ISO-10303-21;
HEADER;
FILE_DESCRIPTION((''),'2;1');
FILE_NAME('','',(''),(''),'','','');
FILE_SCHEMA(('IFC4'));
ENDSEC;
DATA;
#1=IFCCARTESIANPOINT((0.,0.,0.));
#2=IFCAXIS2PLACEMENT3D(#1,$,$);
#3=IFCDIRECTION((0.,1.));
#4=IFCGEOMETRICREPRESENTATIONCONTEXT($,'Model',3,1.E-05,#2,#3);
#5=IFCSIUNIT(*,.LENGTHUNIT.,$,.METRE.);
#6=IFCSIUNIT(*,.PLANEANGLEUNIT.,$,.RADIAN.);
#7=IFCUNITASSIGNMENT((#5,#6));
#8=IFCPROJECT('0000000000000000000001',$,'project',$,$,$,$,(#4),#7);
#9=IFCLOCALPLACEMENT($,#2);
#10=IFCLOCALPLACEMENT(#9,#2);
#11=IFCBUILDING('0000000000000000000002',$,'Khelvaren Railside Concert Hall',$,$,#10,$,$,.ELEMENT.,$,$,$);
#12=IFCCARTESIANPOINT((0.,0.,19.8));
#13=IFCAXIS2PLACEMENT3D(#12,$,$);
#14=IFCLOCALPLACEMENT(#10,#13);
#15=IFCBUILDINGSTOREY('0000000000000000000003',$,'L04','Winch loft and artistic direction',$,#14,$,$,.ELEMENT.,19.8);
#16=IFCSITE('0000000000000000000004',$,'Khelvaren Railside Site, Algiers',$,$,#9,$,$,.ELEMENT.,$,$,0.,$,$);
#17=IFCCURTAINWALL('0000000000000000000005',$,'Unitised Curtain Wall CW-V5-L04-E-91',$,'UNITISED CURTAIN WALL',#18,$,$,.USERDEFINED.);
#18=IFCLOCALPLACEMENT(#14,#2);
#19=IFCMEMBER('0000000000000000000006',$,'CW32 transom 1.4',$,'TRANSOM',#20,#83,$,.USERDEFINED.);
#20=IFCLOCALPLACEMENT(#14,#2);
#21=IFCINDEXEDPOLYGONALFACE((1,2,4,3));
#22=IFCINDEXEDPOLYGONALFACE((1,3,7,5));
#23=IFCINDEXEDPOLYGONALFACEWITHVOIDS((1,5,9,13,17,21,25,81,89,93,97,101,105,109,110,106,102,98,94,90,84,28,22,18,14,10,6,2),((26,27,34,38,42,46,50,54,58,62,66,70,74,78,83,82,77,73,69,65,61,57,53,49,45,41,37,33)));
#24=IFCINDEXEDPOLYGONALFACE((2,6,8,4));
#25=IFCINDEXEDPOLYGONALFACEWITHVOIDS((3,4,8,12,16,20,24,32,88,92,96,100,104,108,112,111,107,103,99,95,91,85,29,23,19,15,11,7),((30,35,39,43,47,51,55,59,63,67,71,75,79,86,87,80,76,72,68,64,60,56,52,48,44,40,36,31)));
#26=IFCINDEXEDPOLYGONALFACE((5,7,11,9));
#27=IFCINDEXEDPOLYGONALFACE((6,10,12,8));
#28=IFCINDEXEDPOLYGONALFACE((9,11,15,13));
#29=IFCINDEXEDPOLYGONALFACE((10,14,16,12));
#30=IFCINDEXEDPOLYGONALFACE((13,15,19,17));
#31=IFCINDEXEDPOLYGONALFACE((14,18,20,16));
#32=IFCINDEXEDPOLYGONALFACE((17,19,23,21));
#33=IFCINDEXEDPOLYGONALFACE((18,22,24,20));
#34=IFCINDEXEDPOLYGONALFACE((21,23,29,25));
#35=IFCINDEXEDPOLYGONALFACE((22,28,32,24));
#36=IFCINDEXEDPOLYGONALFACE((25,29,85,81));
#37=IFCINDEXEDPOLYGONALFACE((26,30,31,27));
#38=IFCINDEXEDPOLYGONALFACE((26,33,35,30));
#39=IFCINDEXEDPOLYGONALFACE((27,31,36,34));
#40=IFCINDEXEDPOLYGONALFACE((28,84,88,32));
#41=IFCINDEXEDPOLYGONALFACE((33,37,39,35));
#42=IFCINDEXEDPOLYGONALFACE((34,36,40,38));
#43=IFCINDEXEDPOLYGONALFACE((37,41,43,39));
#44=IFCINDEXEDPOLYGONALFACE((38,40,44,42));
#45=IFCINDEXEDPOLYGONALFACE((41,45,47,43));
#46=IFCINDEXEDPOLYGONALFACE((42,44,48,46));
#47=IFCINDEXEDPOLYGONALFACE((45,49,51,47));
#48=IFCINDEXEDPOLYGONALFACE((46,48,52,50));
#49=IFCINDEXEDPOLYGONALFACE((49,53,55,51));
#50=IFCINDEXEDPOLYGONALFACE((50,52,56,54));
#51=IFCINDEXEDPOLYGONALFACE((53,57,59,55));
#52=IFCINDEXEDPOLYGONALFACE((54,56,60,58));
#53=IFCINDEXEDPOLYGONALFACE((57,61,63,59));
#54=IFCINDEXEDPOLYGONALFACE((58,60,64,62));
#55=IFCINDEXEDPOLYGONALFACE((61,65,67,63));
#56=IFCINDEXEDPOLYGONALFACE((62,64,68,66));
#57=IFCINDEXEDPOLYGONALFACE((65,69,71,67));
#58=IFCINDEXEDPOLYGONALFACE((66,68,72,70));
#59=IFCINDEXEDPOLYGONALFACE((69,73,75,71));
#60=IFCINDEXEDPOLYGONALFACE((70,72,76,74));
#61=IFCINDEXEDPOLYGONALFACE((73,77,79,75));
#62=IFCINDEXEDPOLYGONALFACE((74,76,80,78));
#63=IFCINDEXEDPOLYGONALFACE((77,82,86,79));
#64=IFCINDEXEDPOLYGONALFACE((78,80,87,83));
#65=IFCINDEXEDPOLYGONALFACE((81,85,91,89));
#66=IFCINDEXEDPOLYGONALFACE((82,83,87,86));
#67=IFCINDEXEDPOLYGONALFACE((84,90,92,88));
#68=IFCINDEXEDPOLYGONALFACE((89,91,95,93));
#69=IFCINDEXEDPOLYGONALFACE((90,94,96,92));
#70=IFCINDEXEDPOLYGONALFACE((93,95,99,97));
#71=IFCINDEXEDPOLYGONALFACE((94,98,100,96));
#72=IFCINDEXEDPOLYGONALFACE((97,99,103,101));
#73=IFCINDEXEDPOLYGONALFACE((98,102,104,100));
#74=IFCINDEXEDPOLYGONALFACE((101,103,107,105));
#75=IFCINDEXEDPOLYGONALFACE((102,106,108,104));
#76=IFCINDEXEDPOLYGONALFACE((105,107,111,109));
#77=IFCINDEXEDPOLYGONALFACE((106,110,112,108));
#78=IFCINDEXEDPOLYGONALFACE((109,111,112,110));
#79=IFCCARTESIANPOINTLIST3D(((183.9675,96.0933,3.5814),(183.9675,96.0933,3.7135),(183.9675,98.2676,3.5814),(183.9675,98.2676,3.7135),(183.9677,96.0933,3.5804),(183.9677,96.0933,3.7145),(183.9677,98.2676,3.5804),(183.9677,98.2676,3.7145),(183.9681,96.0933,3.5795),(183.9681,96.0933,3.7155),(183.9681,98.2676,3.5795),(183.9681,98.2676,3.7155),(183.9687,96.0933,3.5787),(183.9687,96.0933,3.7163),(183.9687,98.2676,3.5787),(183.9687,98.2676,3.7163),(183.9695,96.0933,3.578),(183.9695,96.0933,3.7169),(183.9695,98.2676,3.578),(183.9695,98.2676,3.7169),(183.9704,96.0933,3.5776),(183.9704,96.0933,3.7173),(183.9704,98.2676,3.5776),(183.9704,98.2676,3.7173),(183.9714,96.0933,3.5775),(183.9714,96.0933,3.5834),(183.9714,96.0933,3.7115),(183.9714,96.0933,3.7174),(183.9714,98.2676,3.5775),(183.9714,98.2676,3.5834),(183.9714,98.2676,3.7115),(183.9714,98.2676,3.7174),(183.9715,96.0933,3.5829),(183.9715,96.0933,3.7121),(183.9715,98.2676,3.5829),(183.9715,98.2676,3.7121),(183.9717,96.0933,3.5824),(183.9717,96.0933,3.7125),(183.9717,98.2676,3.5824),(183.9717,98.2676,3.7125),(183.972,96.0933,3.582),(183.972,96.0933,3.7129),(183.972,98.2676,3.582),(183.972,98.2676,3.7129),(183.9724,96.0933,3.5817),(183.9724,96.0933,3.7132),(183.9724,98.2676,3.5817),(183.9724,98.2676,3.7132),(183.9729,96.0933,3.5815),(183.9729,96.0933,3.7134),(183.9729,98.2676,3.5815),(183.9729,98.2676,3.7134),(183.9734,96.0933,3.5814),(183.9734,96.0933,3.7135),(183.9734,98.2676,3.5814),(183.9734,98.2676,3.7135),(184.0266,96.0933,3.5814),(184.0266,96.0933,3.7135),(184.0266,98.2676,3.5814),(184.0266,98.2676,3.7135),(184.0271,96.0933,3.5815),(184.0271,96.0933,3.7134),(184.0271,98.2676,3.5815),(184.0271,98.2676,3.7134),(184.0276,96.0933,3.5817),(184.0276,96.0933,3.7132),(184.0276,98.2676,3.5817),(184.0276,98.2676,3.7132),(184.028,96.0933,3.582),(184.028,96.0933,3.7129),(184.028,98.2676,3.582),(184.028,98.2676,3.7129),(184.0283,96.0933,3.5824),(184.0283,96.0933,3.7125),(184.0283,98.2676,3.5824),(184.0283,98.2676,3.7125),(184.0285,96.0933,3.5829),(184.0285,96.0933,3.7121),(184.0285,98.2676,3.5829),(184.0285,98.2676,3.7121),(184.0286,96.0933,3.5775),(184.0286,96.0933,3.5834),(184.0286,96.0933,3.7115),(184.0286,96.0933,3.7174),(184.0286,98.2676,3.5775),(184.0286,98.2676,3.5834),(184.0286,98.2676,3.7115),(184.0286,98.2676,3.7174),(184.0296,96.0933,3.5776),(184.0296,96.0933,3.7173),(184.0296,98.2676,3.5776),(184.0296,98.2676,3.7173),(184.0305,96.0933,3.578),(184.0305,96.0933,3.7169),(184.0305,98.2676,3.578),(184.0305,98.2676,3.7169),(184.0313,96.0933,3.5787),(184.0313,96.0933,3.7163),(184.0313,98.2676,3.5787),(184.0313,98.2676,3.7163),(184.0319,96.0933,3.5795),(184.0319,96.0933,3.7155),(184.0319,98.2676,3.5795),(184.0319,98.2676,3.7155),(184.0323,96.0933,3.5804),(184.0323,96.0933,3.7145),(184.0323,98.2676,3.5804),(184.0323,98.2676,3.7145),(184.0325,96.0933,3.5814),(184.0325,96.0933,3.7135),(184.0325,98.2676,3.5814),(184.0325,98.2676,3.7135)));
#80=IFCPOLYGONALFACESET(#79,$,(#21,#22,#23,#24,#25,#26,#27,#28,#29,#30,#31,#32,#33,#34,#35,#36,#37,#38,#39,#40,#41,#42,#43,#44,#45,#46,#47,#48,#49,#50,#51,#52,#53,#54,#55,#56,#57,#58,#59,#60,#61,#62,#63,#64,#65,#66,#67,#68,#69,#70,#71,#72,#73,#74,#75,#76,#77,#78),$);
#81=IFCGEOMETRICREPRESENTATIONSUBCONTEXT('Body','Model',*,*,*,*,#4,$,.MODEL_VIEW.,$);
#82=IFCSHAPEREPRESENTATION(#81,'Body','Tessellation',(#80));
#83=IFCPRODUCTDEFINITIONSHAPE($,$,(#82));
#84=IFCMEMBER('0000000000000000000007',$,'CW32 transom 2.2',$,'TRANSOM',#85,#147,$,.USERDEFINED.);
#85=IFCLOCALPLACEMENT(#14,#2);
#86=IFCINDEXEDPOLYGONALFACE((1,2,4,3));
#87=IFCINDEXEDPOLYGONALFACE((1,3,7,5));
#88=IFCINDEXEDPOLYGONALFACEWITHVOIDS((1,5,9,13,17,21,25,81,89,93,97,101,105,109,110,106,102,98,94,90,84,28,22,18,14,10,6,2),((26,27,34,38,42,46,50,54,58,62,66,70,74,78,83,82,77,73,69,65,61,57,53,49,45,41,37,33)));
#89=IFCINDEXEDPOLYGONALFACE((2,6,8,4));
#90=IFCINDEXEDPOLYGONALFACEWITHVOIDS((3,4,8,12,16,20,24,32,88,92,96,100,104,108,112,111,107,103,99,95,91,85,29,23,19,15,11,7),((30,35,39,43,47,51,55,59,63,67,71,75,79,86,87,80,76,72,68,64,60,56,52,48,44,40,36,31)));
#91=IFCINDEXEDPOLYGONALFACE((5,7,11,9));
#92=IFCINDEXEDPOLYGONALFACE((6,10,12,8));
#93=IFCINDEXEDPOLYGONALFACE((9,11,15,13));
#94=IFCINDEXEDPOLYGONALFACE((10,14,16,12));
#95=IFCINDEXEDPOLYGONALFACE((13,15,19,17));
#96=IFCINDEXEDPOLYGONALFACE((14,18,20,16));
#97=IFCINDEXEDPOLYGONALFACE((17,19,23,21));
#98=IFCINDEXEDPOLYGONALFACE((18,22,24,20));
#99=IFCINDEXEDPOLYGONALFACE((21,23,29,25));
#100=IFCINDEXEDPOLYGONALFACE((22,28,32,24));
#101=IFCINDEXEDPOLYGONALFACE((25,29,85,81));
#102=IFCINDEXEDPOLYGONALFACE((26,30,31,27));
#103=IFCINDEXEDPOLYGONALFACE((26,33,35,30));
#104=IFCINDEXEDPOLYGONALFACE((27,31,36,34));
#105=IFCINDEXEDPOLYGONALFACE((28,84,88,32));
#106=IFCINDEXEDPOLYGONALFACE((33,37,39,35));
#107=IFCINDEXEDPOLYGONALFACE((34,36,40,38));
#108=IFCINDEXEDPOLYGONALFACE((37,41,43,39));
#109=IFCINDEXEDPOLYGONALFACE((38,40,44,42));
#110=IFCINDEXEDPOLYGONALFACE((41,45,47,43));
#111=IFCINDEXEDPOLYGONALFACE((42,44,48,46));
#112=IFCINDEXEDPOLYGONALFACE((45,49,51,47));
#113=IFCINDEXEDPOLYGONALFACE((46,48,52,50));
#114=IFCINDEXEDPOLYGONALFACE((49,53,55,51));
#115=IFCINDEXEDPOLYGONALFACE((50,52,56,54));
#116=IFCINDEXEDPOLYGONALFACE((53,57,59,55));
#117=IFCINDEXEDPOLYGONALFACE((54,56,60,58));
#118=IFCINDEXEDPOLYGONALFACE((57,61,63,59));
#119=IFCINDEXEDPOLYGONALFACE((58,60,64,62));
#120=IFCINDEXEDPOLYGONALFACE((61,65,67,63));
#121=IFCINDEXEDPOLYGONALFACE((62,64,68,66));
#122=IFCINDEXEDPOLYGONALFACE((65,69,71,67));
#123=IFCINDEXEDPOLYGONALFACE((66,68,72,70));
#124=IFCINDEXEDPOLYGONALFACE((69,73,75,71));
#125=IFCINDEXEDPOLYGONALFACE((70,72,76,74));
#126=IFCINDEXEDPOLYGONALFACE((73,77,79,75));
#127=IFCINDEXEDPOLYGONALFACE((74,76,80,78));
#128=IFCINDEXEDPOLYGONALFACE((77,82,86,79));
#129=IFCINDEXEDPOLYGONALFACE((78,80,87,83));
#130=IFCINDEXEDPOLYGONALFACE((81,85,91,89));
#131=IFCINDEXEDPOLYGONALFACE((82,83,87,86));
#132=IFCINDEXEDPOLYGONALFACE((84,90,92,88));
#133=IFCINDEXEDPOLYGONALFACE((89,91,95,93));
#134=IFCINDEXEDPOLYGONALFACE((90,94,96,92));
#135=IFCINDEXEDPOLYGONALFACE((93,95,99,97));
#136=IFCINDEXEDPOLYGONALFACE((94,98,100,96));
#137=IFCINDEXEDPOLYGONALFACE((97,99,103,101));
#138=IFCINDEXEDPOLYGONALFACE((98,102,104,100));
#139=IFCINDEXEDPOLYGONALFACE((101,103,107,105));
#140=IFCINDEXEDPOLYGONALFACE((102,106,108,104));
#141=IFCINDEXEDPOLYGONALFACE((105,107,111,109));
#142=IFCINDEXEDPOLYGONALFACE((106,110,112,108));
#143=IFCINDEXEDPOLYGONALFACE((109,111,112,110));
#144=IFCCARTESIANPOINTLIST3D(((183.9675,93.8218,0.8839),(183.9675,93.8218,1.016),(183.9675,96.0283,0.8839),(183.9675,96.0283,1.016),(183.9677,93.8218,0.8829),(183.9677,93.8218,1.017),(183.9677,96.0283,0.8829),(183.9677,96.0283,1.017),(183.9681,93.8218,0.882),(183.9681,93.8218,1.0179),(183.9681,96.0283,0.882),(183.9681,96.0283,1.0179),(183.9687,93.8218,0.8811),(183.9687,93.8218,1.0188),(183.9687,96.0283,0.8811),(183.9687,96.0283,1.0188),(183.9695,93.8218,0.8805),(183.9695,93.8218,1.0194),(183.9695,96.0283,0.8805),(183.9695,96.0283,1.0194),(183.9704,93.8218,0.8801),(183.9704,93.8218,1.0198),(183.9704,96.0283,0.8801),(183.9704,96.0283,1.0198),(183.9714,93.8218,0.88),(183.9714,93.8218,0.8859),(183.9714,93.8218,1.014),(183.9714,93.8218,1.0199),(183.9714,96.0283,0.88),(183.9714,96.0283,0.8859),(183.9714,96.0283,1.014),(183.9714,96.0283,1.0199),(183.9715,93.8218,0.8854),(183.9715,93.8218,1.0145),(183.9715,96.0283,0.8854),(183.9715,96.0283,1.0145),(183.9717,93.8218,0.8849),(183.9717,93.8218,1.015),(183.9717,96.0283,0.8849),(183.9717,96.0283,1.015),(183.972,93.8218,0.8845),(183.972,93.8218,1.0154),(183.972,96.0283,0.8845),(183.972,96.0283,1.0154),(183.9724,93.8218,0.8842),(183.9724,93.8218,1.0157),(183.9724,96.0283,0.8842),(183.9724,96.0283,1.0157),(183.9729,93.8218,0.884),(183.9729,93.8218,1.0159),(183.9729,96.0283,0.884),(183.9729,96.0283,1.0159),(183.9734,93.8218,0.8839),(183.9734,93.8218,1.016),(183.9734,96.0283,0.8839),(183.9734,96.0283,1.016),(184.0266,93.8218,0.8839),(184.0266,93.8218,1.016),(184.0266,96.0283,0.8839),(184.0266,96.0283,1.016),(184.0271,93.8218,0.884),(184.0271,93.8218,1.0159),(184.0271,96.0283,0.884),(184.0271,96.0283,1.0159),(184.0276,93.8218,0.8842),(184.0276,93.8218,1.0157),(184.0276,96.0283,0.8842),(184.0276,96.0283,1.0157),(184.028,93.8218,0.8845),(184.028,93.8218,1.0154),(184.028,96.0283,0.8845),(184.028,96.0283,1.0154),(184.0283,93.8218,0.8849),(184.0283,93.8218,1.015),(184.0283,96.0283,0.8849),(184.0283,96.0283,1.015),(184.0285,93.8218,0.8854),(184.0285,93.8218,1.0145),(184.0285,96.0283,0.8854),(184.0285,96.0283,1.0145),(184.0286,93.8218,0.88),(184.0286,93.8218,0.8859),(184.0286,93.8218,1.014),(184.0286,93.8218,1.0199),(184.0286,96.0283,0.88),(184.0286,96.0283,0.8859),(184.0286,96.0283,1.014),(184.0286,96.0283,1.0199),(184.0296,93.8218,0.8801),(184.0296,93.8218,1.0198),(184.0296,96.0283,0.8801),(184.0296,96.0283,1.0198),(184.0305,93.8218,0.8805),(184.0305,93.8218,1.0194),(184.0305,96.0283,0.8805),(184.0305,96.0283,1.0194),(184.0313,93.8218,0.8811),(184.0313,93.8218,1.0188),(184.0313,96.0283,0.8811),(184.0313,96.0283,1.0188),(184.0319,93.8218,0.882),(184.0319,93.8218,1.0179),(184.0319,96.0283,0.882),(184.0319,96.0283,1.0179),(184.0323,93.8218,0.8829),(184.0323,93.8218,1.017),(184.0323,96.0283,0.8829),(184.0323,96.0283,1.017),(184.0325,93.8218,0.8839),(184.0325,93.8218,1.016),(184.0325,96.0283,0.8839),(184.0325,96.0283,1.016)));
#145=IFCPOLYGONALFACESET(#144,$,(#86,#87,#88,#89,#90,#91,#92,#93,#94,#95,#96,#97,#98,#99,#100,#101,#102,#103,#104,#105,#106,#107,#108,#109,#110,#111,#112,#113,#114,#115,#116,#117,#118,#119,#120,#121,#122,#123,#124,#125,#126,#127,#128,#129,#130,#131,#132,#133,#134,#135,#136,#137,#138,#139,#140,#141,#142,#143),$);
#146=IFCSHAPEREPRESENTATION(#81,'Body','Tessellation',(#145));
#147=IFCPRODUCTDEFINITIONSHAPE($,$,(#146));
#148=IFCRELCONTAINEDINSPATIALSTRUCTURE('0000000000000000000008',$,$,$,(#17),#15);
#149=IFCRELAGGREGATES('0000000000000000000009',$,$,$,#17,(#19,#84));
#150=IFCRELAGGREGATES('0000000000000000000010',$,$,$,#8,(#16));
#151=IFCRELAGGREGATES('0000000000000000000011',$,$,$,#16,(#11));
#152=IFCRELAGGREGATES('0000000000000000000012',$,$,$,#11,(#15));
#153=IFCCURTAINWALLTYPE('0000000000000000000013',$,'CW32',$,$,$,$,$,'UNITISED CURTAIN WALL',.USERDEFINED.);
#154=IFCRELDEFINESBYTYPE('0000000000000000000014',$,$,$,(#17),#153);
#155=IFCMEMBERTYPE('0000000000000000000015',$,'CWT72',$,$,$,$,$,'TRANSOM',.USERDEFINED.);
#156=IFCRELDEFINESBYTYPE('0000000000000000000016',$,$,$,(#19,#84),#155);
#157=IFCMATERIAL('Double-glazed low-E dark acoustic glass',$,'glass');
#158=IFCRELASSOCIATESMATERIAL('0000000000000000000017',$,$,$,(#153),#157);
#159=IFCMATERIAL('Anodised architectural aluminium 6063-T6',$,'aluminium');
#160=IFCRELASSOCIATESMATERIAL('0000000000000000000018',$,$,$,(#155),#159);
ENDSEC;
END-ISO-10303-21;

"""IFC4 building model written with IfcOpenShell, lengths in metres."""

from ifc_helpers import new_model, si_unit, direction, frame, origin, origin_2d, place, context, subcontext, project, spatial, hollow_rectangle, extrude, material, material_profile, profile_set, type_object, element, aggregate, save


model = new_model("IFC4")

# Units and contexts
model_context = context("Model", 3, precision=1e-05, world=origin(), true_north=direction((0.0, 1.0)))
body_context = subcontext(model_context, "Body", "Model", "MODEL_VIEW")
ifc_project = project(units=[si_unit("LENGTHUNIT", "METRE"), si_unit("PLANEANGLEUNIT", "RADIAN")], contexts=[model_context])

# Site, building, storey
site_placement = place(None, origin())
site = spatial("IfcSite", under=ifc_project, at=site_placement, Name="Khelvaren Railside Site, Algiers", CompositionType="ELEMENT", RefElevation=0.0)
building_placement = place(site_placement, origin())
building = spatial("IfcBuilding", under=site, at=building_placement, Name="Khelvaren Railside Concert Hall", CompositionType="ELEMENT")
storey_placement = place(building_placement, frame((0.0, 0.0, 19.8)))
storey = spatial("IfcBuildingStorey", under=building, at=storey_placement, Name="L04", Description="Winch loft and artistic direction", CompositionType="ELEMENT", Elevation=19.8)

# Curtain wall
ifc_material_1 = material(Name="Double-glazed low-E dark acoustic glass", Category="glass")
curtain_wall_type_1 = type_object("IfcCurtainWallType", Name="CW32", ElementType="UNITISED CURTAIN WALL", PredefinedType="USERDEFINED", material=ifc_material_1)
curtain_wall_1_placement = place(storey_placement, origin())
curtain_wall_1 = element("IfcCurtainWall", 1, at=curtain_wall_1_placement, inside=storey, type_object=curtain_wall_type_1, Name="Unitised Curtain Wall CW-V5-L04-E-91", ObjectType="UNITISED CURTAIN WALL", PredefinedType="USERDEFINED")
ifc_material_2 = material(Name="Anodised architectural aluminium 6063-T6", Category="aluminium")

# Members
ifc_material_profile_1 = material_profile(ifc_material_2, hollow_rectangle(XDim=0.0649, YDim=0.1399, WallThickness=0.0039, InnerFilletRadius=0.002, OuterFilletRadius=0.0039, at=origin_2d()), Name="CWT 65x140x4")
ifc_profile_set_1 = profile_set([ifc_material_profile_1], Name="Anodised architectural aluminium 6063-T6")
member_type_1 = type_object("IfcMemberType", Name="CWT72", ElementType="TRANSOM", PredefinedType="USERDEFINED", material=ifc_profile_set_1)
member_1_placement = place(storey_placement, frame((184.0, 98.2676, 3.6475), z_axis=(0.0, -1.0, 0.0), x_axis=(1.0, 0.0, 0.0)))
member_1 = element("IfcMember", 2, at=member_1_placement, type_object=member_type_1, Name="CW32 transom 1.4", ObjectType="TRANSOM", PredefinedType="USERDEFINED", context=body_context, shape_type="SweptSolid", body=[
    extrude(hollow_rectangle(XDim=0.0649, YDim=0.1399, WallThickness=0.0039, InnerFilletRadius=0.002, OuterFilletRadius=0.0039, at=origin_2d()), origin(), (0.0, 0.0, 1.0), 2.1743),
])
member_2_placement = place(storey_placement, frame((184.0, 96.0283, 0.95), z_axis=(0.0, -1.0, 0.0), x_axis=(1.0, 0.0, 0.0)))
member_2 = element("IfcMember", 3, at=member_2_placement, type_object=member_type_1, Name="CW32 transom 2.2", ObjectType="TRANSOM", PredefinedType="USERDEFINED", context=body_context, shape_type="SweptSolid", body=[
    extrude(hollow_rectangle(XDim=0.0649, YDim=0.1399, WallThickness=0.0039, InnerFilletRadius=0.002, OuterFilletRadius=0.0039, at=origin_2d()), origin(), (0.0, 0.0, 1.0), 2.2065),
])

aggregate(curtain_wall_1, [member_1, member_2])

save(model, "model.ifc")
